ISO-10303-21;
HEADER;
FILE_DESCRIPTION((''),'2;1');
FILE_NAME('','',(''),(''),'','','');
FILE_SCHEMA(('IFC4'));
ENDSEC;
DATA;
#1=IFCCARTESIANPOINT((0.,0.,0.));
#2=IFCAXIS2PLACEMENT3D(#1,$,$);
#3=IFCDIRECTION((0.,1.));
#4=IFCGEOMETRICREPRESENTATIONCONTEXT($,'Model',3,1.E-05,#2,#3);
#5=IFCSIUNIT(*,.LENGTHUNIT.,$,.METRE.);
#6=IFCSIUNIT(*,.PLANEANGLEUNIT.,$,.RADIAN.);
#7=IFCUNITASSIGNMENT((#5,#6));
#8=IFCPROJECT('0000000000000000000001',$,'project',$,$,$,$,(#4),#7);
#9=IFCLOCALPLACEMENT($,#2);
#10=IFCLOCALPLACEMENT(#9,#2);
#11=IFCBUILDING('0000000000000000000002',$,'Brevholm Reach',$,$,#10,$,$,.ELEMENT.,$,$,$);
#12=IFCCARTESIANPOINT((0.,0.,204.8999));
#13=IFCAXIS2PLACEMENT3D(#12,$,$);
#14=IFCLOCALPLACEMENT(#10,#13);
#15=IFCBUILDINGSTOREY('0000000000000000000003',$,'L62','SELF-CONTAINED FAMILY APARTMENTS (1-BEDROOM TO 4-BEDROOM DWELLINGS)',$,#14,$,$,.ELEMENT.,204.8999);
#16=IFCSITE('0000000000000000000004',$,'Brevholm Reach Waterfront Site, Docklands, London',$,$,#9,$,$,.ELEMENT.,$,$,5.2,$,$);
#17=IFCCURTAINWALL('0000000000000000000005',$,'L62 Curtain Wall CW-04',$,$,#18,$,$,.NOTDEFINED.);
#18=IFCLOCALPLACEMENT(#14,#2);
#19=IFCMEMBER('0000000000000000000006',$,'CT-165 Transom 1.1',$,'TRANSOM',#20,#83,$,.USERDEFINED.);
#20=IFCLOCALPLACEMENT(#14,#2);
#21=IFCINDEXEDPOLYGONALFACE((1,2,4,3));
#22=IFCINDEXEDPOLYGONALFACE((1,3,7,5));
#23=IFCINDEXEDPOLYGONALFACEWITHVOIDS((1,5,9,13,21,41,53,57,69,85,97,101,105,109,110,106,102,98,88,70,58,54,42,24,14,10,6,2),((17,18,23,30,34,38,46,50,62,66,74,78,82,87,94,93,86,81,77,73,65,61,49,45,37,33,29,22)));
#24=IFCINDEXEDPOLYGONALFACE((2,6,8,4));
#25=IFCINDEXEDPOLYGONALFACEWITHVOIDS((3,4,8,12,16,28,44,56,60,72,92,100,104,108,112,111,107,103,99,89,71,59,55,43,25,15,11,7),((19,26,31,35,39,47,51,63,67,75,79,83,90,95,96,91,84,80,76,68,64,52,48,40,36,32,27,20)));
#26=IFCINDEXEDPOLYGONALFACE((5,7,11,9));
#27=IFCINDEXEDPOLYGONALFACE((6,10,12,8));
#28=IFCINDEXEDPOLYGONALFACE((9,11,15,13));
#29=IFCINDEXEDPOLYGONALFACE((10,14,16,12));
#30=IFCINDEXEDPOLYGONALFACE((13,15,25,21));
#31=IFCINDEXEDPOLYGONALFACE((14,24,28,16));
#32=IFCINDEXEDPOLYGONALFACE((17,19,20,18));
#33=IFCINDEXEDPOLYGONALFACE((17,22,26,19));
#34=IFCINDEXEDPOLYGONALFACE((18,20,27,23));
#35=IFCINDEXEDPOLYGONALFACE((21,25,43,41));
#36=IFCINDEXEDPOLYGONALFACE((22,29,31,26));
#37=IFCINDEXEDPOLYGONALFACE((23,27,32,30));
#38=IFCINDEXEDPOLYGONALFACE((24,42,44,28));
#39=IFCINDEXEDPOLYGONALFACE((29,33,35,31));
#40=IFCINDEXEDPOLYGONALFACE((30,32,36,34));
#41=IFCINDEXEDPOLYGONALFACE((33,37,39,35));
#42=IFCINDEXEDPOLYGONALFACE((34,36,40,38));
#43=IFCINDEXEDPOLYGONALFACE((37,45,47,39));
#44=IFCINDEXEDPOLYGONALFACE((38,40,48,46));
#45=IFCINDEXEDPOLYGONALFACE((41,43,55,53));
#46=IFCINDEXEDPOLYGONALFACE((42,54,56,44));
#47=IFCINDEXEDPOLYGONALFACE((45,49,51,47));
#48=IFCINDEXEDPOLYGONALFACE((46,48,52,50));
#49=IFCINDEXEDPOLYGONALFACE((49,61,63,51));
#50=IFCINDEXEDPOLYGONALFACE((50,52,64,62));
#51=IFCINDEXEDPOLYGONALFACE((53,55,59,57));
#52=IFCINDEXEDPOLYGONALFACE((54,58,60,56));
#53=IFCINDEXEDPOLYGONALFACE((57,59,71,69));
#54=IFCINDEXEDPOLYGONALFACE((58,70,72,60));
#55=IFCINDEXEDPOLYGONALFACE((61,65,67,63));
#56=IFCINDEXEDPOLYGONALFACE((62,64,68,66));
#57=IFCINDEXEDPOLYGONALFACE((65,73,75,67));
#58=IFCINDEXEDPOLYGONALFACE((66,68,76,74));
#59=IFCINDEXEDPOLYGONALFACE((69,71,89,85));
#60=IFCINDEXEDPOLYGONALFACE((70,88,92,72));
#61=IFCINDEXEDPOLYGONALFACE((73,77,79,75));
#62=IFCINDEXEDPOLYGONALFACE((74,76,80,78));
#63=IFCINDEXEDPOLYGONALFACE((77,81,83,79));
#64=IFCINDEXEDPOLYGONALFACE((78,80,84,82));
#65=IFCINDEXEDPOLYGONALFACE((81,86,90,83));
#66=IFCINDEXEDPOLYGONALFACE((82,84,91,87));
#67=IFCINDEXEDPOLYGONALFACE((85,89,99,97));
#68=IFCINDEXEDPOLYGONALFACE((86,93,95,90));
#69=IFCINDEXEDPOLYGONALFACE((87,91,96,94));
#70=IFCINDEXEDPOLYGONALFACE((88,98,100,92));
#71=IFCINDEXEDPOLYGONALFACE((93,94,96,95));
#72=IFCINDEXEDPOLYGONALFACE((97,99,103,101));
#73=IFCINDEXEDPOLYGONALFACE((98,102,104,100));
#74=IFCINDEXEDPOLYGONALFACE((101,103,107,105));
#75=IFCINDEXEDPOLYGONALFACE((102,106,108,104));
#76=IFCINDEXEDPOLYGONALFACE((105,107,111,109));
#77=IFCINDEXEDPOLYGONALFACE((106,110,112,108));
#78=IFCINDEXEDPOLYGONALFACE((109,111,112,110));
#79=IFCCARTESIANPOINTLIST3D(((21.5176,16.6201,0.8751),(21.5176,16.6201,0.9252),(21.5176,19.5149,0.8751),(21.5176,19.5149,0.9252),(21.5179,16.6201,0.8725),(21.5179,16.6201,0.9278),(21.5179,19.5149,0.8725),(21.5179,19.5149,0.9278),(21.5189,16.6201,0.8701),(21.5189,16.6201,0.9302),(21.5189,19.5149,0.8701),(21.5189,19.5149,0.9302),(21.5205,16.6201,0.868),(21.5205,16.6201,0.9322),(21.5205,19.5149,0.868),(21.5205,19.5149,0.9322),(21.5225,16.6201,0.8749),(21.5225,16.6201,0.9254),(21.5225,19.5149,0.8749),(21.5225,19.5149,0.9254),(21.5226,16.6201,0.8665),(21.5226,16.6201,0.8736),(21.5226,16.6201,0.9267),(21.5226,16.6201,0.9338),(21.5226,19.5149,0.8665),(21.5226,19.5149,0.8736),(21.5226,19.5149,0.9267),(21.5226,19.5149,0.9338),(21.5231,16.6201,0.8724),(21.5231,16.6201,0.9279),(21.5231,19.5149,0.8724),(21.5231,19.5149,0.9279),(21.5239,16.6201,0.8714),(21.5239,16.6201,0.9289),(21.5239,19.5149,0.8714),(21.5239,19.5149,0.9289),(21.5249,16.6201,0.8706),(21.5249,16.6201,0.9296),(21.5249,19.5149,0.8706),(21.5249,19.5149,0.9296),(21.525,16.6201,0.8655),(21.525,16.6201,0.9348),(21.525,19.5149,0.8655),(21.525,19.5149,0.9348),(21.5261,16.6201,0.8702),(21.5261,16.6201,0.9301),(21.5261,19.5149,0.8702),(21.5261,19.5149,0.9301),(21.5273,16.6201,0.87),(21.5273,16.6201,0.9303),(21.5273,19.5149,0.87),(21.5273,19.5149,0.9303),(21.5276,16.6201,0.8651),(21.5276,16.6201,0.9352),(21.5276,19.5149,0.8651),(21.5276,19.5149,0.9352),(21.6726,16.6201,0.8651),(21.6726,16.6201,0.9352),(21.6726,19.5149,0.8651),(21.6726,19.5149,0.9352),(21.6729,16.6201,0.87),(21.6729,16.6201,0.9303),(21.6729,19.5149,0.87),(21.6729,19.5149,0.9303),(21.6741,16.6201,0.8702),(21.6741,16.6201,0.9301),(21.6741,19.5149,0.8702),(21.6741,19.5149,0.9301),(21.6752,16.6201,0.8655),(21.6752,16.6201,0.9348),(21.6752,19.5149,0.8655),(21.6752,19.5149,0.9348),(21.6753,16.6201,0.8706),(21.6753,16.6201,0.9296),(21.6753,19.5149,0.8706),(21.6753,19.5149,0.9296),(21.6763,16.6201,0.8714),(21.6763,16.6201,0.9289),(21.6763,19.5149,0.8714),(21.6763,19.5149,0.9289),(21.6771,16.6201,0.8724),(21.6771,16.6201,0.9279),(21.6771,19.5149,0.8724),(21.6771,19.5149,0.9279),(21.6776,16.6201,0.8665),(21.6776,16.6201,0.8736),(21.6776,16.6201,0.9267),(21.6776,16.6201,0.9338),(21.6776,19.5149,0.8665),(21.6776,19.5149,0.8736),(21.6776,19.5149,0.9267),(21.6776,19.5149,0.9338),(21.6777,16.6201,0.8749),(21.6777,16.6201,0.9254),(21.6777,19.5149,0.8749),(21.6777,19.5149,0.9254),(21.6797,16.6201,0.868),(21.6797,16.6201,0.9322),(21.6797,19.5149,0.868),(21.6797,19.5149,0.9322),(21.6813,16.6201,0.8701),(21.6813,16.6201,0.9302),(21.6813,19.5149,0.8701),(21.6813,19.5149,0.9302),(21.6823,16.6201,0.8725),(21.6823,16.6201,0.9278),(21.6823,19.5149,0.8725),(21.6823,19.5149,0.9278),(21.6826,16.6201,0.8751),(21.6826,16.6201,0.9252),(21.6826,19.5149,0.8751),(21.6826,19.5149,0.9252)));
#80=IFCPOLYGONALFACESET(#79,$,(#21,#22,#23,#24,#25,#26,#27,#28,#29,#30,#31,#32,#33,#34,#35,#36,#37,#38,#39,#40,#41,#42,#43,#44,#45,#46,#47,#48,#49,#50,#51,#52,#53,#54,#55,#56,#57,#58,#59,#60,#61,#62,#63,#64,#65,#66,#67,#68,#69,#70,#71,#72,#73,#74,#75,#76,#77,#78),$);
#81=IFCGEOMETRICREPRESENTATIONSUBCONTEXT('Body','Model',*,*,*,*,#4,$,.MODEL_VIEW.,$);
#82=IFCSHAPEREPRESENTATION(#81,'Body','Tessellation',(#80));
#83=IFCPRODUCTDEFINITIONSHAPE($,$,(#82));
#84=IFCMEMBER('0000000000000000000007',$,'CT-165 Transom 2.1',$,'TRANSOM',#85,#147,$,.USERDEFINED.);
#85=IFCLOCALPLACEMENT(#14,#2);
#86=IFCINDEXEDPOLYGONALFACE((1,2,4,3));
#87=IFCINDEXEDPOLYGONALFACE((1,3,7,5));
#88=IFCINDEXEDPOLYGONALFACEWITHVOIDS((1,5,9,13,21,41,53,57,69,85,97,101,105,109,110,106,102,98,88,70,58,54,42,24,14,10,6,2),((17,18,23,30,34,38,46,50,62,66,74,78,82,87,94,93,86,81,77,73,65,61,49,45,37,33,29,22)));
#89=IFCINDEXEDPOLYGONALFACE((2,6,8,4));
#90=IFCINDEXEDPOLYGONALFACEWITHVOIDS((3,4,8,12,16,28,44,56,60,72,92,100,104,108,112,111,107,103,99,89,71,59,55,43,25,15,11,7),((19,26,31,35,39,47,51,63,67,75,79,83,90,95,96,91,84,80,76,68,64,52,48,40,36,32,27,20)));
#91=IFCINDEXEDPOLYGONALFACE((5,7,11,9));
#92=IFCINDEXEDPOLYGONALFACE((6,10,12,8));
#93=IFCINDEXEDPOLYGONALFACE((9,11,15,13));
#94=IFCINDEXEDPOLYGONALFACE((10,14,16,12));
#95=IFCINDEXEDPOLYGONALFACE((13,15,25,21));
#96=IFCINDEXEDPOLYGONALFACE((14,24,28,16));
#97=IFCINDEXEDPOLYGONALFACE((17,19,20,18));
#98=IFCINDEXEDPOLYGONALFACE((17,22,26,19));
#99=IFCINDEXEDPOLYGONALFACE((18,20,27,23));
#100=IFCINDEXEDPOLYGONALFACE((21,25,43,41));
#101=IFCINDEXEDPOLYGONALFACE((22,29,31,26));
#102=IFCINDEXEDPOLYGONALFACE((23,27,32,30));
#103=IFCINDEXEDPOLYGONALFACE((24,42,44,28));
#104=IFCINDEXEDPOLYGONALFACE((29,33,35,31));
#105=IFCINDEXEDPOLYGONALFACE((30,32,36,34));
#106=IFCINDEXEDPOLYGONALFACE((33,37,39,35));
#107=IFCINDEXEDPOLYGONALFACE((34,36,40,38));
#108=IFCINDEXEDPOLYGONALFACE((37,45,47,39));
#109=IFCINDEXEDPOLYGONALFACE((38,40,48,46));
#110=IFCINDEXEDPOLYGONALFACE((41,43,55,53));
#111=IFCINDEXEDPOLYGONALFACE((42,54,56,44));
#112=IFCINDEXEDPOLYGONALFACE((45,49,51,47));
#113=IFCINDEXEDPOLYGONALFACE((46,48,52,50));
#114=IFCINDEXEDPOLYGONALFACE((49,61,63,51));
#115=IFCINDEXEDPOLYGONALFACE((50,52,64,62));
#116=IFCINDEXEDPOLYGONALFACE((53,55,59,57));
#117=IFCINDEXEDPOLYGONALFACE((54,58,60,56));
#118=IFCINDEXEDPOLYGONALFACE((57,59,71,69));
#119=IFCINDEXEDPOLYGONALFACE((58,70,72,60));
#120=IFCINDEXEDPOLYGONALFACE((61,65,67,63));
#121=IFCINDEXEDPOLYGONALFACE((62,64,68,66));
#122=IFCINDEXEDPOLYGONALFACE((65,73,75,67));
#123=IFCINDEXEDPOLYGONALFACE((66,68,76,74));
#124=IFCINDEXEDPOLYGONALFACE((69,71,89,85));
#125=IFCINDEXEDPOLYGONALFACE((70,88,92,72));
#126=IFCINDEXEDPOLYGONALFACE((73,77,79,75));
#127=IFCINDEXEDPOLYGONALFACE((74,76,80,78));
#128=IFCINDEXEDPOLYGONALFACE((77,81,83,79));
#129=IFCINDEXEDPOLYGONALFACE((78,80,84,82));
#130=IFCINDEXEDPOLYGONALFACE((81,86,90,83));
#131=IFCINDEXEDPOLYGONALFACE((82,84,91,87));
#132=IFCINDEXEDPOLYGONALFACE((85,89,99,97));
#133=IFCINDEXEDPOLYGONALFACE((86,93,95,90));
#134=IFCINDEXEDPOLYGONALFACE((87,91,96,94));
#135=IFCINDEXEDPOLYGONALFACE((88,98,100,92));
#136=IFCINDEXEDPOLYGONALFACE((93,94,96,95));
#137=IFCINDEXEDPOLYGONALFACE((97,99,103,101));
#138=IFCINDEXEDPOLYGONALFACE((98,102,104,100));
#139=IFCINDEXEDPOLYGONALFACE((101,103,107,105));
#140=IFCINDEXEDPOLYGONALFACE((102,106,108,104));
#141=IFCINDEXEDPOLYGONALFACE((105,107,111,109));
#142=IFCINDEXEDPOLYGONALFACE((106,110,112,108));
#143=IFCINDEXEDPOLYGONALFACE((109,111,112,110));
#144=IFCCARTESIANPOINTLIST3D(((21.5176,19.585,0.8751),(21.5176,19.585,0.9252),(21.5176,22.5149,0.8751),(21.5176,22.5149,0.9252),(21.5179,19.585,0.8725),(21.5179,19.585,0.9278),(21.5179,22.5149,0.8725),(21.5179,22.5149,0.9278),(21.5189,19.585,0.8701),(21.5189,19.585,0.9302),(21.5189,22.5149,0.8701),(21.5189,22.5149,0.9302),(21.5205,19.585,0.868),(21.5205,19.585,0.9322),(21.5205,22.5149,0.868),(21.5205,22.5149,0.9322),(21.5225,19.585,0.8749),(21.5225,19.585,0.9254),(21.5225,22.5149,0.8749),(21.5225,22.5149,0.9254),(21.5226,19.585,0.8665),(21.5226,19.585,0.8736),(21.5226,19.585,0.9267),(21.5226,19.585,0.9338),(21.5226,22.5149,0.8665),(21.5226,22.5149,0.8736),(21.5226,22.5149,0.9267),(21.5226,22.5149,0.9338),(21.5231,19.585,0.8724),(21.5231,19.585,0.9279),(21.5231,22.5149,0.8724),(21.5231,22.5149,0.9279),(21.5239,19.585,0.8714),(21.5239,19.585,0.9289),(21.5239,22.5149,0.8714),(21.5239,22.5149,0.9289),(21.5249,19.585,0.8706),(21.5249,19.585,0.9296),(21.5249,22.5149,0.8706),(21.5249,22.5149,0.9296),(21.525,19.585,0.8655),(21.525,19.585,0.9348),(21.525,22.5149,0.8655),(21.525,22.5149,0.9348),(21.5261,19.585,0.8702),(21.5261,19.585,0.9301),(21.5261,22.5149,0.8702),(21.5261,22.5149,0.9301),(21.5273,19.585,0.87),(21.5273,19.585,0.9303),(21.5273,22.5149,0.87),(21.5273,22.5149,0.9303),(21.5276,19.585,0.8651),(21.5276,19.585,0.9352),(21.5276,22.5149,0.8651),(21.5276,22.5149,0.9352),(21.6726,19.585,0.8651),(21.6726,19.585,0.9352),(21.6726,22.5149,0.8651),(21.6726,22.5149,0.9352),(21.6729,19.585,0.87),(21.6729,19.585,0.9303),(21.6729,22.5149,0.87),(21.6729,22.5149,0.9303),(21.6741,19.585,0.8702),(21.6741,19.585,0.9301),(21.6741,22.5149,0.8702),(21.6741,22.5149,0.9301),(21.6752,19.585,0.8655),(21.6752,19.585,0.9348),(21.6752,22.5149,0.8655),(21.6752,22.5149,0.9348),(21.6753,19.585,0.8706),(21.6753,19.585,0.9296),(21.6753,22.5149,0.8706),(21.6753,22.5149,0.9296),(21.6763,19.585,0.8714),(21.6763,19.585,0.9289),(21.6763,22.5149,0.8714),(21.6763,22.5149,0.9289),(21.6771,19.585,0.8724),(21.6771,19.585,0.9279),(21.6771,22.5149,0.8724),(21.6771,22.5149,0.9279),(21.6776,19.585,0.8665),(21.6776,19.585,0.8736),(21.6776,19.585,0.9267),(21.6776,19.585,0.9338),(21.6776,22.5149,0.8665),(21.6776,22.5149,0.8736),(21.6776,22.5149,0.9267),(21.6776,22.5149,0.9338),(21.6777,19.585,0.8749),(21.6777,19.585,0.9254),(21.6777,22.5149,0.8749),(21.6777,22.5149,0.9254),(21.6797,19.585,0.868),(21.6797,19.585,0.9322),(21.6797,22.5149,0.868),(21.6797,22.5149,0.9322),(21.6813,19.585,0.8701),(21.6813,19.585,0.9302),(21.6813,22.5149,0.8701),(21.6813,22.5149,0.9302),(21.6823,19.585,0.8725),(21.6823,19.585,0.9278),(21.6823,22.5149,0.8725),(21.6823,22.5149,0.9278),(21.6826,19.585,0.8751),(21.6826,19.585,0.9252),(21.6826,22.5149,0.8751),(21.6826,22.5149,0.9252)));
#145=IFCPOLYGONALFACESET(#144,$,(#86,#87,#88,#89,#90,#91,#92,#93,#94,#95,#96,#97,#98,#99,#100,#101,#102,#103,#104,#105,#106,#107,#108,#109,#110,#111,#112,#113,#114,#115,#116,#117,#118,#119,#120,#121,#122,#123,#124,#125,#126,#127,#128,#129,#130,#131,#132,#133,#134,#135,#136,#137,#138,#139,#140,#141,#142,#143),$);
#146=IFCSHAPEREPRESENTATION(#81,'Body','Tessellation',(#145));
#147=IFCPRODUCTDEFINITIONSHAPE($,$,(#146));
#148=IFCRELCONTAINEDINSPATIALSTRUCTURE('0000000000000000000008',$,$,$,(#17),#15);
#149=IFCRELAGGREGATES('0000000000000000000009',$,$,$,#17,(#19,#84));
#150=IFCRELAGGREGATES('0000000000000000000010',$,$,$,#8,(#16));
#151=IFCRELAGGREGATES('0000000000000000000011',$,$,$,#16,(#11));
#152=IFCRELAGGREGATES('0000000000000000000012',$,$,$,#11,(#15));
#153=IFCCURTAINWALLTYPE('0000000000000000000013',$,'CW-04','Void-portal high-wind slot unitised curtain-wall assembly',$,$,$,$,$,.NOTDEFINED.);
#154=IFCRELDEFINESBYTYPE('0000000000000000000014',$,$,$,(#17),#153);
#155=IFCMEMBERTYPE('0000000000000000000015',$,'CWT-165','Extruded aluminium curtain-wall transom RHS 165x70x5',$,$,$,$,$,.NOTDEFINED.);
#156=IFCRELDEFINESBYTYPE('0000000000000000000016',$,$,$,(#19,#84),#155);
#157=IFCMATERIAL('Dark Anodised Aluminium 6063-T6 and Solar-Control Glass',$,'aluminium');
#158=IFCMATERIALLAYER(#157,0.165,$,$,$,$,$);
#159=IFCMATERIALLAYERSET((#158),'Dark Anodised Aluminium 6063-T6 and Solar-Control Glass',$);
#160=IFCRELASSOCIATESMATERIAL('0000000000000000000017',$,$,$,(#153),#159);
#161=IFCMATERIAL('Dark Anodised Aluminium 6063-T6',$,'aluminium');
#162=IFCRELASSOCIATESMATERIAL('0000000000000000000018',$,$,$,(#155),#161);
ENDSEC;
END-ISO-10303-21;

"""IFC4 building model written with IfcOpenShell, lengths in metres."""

from ifc_helpers import new_model, si_unit, direction, frame, origin, origin_2d, place, context, subcontext, project, spatial, hollow_rectangle, extrude, material, layer, layer_set, material_profile, profile_set, type_object, element, aggregate, save


model = new_model("IFC4")

# Units and contexts
model_context = context("Model", 3, precision=1e-05, world=origin(), true_north=direction((0.0, 1.0)))
body_context = subcontext(model_context, "Body", "Model", "MODEL_VIEW")
ifc_project = project(units=[si_unit("LENGTHUNIT", "METRE"), si_unit("PLANEANGLEUNIT", "RADIAN")], contexts=[model_context])

# Site, building, storey
site_placement = place(None, origin())
site = spatial("IfcSite", under=ifc_project, at=site_placement, Name="Brevholm Reach Waterfront Site, Docklands, London", CompositionType="ELEMENT", RefElevation=5.2)
building_placement = place(site_placement, origin())
building = spatial("IfcBuilding", under=site, at=building_placement, Name="Brevholm Reach", CompositionType="ELEMENT")
storey_placement = place(building_placement, frame((0.0, 0.0, 204.8999)))
storey = spatial("IfcBuildingStorey", under=building, at=storey_placement, Name="L62", Description="SELF-CONTAINED FAMILY APARTMENTS (1-BEDROOM TO 4-BEDROOM DWELLINGS)", CompositionType="ELEMENT", Elevation=204.8999)

# Curtain wall, members
ifc_material_1 = material(Name="Dark Anodised Aluminium 6063-T6 and Solar-Control Glass", Category="aluminium")
ifc_layer_1 = layer(ifc_material_1, 0.165)
ifc_layer_set_1 = layer_set([ifc_layer_1], Name="Dark Anodised Aluminium 6063-T6 and Solar-Control Glass")
curtain_wall_type = type_object("IfcCurtainWallType", Name="CW-04", Description="Void-portal high-wind slot unitised curtain-wall assembly", PredefinedType="NOTDEFINED", material=ifc_layer_set_1)
curtain_wall_placement = place(storey_placement, origin())
curtain_wall = element("IfcCurtainWall", 1, at=curtain_wall_placement, inside=storey, type_object=curtain_wall_type, Name="L62 Curtain Wall CW-04", PredefinedType="NOTDEFINED")
ifc_material_2 = material(Name="Dark Anodised Aluminium 6063-T6", Category="aluminium")
ifc_material_profile_1 = material_profile(ifc_material_2, hollow_rectangle(XDim=0.0701, YDim=0.165, WallThickness=0.0049, InnerFilletRadius=0.0049, OuterFilletRadius=0.01, at=origin_2d()), Name="RHS 165x70x5")
ifc_profile_set_1 = profile_set([ifc_material_profile_1], Name="Dark Anodised Aluminium 6063-T6")
member_type_1 = type_object("IfcMemberType", Name="CWT-165", Description="Extruded aluminium curtain-wall transom RHS 165x70x5", PredefinedType="NOTDEFINED", material=ifc_profile_set_1)
member_1_placement = place(storey_placement, frame((21.6001, 16.6201, 0.9001), z_axis=(0.0, 1.0, 0.0), x_axis=(0.0, 0.0, 1.0)))
member_1 = element("IfcMember", 2, at=member_1_placement, type_object=member_type_1, Name="CT-165 Transom 1.1", ObjectType="TRANSOM", PredefinedType="USERDEFINED", context=body_context, shape_type="SweptSolid", body=[
    extrude(hollow_rectangle(XDim=0.0701, YDim=0.165, WallThickness=0.0049, InnerFilletRadius=0.0049, OuterFilletRadius=0.01, at=origin_2d()), origin(), (0.0, 0.0, 1.0), 2.8948),
])
member_2_placement = place(storey_placement, frame((21.6001, 19.585, 0.9001), z_axis=(0.0, 1.0, 0.0), x_axis=(0.0, 0.0, 1.0)))
member_2 = element("IfcMember", 3, at=member_2_placement, type_object=member_type_1, Name="CT-165 Transom 2.1", ObjectType="TRANSOM", PredefinedType="USERDEFINED", context=body_context, shape_type="SweptSolid", body=[
    extrude(hollow_rectangle(XDim=0.0701, YDim=0.165, WallThickness=0.0049, InnerFilletRadius=0.0049, OuterFilletRadius=0.01, at=origin_2d()), origin(), (0.0, 0.0, 1.0), 2.9299),
])
aggregate(curtain_wall, [member_1, member_2])

save(model, "model.ifc")
